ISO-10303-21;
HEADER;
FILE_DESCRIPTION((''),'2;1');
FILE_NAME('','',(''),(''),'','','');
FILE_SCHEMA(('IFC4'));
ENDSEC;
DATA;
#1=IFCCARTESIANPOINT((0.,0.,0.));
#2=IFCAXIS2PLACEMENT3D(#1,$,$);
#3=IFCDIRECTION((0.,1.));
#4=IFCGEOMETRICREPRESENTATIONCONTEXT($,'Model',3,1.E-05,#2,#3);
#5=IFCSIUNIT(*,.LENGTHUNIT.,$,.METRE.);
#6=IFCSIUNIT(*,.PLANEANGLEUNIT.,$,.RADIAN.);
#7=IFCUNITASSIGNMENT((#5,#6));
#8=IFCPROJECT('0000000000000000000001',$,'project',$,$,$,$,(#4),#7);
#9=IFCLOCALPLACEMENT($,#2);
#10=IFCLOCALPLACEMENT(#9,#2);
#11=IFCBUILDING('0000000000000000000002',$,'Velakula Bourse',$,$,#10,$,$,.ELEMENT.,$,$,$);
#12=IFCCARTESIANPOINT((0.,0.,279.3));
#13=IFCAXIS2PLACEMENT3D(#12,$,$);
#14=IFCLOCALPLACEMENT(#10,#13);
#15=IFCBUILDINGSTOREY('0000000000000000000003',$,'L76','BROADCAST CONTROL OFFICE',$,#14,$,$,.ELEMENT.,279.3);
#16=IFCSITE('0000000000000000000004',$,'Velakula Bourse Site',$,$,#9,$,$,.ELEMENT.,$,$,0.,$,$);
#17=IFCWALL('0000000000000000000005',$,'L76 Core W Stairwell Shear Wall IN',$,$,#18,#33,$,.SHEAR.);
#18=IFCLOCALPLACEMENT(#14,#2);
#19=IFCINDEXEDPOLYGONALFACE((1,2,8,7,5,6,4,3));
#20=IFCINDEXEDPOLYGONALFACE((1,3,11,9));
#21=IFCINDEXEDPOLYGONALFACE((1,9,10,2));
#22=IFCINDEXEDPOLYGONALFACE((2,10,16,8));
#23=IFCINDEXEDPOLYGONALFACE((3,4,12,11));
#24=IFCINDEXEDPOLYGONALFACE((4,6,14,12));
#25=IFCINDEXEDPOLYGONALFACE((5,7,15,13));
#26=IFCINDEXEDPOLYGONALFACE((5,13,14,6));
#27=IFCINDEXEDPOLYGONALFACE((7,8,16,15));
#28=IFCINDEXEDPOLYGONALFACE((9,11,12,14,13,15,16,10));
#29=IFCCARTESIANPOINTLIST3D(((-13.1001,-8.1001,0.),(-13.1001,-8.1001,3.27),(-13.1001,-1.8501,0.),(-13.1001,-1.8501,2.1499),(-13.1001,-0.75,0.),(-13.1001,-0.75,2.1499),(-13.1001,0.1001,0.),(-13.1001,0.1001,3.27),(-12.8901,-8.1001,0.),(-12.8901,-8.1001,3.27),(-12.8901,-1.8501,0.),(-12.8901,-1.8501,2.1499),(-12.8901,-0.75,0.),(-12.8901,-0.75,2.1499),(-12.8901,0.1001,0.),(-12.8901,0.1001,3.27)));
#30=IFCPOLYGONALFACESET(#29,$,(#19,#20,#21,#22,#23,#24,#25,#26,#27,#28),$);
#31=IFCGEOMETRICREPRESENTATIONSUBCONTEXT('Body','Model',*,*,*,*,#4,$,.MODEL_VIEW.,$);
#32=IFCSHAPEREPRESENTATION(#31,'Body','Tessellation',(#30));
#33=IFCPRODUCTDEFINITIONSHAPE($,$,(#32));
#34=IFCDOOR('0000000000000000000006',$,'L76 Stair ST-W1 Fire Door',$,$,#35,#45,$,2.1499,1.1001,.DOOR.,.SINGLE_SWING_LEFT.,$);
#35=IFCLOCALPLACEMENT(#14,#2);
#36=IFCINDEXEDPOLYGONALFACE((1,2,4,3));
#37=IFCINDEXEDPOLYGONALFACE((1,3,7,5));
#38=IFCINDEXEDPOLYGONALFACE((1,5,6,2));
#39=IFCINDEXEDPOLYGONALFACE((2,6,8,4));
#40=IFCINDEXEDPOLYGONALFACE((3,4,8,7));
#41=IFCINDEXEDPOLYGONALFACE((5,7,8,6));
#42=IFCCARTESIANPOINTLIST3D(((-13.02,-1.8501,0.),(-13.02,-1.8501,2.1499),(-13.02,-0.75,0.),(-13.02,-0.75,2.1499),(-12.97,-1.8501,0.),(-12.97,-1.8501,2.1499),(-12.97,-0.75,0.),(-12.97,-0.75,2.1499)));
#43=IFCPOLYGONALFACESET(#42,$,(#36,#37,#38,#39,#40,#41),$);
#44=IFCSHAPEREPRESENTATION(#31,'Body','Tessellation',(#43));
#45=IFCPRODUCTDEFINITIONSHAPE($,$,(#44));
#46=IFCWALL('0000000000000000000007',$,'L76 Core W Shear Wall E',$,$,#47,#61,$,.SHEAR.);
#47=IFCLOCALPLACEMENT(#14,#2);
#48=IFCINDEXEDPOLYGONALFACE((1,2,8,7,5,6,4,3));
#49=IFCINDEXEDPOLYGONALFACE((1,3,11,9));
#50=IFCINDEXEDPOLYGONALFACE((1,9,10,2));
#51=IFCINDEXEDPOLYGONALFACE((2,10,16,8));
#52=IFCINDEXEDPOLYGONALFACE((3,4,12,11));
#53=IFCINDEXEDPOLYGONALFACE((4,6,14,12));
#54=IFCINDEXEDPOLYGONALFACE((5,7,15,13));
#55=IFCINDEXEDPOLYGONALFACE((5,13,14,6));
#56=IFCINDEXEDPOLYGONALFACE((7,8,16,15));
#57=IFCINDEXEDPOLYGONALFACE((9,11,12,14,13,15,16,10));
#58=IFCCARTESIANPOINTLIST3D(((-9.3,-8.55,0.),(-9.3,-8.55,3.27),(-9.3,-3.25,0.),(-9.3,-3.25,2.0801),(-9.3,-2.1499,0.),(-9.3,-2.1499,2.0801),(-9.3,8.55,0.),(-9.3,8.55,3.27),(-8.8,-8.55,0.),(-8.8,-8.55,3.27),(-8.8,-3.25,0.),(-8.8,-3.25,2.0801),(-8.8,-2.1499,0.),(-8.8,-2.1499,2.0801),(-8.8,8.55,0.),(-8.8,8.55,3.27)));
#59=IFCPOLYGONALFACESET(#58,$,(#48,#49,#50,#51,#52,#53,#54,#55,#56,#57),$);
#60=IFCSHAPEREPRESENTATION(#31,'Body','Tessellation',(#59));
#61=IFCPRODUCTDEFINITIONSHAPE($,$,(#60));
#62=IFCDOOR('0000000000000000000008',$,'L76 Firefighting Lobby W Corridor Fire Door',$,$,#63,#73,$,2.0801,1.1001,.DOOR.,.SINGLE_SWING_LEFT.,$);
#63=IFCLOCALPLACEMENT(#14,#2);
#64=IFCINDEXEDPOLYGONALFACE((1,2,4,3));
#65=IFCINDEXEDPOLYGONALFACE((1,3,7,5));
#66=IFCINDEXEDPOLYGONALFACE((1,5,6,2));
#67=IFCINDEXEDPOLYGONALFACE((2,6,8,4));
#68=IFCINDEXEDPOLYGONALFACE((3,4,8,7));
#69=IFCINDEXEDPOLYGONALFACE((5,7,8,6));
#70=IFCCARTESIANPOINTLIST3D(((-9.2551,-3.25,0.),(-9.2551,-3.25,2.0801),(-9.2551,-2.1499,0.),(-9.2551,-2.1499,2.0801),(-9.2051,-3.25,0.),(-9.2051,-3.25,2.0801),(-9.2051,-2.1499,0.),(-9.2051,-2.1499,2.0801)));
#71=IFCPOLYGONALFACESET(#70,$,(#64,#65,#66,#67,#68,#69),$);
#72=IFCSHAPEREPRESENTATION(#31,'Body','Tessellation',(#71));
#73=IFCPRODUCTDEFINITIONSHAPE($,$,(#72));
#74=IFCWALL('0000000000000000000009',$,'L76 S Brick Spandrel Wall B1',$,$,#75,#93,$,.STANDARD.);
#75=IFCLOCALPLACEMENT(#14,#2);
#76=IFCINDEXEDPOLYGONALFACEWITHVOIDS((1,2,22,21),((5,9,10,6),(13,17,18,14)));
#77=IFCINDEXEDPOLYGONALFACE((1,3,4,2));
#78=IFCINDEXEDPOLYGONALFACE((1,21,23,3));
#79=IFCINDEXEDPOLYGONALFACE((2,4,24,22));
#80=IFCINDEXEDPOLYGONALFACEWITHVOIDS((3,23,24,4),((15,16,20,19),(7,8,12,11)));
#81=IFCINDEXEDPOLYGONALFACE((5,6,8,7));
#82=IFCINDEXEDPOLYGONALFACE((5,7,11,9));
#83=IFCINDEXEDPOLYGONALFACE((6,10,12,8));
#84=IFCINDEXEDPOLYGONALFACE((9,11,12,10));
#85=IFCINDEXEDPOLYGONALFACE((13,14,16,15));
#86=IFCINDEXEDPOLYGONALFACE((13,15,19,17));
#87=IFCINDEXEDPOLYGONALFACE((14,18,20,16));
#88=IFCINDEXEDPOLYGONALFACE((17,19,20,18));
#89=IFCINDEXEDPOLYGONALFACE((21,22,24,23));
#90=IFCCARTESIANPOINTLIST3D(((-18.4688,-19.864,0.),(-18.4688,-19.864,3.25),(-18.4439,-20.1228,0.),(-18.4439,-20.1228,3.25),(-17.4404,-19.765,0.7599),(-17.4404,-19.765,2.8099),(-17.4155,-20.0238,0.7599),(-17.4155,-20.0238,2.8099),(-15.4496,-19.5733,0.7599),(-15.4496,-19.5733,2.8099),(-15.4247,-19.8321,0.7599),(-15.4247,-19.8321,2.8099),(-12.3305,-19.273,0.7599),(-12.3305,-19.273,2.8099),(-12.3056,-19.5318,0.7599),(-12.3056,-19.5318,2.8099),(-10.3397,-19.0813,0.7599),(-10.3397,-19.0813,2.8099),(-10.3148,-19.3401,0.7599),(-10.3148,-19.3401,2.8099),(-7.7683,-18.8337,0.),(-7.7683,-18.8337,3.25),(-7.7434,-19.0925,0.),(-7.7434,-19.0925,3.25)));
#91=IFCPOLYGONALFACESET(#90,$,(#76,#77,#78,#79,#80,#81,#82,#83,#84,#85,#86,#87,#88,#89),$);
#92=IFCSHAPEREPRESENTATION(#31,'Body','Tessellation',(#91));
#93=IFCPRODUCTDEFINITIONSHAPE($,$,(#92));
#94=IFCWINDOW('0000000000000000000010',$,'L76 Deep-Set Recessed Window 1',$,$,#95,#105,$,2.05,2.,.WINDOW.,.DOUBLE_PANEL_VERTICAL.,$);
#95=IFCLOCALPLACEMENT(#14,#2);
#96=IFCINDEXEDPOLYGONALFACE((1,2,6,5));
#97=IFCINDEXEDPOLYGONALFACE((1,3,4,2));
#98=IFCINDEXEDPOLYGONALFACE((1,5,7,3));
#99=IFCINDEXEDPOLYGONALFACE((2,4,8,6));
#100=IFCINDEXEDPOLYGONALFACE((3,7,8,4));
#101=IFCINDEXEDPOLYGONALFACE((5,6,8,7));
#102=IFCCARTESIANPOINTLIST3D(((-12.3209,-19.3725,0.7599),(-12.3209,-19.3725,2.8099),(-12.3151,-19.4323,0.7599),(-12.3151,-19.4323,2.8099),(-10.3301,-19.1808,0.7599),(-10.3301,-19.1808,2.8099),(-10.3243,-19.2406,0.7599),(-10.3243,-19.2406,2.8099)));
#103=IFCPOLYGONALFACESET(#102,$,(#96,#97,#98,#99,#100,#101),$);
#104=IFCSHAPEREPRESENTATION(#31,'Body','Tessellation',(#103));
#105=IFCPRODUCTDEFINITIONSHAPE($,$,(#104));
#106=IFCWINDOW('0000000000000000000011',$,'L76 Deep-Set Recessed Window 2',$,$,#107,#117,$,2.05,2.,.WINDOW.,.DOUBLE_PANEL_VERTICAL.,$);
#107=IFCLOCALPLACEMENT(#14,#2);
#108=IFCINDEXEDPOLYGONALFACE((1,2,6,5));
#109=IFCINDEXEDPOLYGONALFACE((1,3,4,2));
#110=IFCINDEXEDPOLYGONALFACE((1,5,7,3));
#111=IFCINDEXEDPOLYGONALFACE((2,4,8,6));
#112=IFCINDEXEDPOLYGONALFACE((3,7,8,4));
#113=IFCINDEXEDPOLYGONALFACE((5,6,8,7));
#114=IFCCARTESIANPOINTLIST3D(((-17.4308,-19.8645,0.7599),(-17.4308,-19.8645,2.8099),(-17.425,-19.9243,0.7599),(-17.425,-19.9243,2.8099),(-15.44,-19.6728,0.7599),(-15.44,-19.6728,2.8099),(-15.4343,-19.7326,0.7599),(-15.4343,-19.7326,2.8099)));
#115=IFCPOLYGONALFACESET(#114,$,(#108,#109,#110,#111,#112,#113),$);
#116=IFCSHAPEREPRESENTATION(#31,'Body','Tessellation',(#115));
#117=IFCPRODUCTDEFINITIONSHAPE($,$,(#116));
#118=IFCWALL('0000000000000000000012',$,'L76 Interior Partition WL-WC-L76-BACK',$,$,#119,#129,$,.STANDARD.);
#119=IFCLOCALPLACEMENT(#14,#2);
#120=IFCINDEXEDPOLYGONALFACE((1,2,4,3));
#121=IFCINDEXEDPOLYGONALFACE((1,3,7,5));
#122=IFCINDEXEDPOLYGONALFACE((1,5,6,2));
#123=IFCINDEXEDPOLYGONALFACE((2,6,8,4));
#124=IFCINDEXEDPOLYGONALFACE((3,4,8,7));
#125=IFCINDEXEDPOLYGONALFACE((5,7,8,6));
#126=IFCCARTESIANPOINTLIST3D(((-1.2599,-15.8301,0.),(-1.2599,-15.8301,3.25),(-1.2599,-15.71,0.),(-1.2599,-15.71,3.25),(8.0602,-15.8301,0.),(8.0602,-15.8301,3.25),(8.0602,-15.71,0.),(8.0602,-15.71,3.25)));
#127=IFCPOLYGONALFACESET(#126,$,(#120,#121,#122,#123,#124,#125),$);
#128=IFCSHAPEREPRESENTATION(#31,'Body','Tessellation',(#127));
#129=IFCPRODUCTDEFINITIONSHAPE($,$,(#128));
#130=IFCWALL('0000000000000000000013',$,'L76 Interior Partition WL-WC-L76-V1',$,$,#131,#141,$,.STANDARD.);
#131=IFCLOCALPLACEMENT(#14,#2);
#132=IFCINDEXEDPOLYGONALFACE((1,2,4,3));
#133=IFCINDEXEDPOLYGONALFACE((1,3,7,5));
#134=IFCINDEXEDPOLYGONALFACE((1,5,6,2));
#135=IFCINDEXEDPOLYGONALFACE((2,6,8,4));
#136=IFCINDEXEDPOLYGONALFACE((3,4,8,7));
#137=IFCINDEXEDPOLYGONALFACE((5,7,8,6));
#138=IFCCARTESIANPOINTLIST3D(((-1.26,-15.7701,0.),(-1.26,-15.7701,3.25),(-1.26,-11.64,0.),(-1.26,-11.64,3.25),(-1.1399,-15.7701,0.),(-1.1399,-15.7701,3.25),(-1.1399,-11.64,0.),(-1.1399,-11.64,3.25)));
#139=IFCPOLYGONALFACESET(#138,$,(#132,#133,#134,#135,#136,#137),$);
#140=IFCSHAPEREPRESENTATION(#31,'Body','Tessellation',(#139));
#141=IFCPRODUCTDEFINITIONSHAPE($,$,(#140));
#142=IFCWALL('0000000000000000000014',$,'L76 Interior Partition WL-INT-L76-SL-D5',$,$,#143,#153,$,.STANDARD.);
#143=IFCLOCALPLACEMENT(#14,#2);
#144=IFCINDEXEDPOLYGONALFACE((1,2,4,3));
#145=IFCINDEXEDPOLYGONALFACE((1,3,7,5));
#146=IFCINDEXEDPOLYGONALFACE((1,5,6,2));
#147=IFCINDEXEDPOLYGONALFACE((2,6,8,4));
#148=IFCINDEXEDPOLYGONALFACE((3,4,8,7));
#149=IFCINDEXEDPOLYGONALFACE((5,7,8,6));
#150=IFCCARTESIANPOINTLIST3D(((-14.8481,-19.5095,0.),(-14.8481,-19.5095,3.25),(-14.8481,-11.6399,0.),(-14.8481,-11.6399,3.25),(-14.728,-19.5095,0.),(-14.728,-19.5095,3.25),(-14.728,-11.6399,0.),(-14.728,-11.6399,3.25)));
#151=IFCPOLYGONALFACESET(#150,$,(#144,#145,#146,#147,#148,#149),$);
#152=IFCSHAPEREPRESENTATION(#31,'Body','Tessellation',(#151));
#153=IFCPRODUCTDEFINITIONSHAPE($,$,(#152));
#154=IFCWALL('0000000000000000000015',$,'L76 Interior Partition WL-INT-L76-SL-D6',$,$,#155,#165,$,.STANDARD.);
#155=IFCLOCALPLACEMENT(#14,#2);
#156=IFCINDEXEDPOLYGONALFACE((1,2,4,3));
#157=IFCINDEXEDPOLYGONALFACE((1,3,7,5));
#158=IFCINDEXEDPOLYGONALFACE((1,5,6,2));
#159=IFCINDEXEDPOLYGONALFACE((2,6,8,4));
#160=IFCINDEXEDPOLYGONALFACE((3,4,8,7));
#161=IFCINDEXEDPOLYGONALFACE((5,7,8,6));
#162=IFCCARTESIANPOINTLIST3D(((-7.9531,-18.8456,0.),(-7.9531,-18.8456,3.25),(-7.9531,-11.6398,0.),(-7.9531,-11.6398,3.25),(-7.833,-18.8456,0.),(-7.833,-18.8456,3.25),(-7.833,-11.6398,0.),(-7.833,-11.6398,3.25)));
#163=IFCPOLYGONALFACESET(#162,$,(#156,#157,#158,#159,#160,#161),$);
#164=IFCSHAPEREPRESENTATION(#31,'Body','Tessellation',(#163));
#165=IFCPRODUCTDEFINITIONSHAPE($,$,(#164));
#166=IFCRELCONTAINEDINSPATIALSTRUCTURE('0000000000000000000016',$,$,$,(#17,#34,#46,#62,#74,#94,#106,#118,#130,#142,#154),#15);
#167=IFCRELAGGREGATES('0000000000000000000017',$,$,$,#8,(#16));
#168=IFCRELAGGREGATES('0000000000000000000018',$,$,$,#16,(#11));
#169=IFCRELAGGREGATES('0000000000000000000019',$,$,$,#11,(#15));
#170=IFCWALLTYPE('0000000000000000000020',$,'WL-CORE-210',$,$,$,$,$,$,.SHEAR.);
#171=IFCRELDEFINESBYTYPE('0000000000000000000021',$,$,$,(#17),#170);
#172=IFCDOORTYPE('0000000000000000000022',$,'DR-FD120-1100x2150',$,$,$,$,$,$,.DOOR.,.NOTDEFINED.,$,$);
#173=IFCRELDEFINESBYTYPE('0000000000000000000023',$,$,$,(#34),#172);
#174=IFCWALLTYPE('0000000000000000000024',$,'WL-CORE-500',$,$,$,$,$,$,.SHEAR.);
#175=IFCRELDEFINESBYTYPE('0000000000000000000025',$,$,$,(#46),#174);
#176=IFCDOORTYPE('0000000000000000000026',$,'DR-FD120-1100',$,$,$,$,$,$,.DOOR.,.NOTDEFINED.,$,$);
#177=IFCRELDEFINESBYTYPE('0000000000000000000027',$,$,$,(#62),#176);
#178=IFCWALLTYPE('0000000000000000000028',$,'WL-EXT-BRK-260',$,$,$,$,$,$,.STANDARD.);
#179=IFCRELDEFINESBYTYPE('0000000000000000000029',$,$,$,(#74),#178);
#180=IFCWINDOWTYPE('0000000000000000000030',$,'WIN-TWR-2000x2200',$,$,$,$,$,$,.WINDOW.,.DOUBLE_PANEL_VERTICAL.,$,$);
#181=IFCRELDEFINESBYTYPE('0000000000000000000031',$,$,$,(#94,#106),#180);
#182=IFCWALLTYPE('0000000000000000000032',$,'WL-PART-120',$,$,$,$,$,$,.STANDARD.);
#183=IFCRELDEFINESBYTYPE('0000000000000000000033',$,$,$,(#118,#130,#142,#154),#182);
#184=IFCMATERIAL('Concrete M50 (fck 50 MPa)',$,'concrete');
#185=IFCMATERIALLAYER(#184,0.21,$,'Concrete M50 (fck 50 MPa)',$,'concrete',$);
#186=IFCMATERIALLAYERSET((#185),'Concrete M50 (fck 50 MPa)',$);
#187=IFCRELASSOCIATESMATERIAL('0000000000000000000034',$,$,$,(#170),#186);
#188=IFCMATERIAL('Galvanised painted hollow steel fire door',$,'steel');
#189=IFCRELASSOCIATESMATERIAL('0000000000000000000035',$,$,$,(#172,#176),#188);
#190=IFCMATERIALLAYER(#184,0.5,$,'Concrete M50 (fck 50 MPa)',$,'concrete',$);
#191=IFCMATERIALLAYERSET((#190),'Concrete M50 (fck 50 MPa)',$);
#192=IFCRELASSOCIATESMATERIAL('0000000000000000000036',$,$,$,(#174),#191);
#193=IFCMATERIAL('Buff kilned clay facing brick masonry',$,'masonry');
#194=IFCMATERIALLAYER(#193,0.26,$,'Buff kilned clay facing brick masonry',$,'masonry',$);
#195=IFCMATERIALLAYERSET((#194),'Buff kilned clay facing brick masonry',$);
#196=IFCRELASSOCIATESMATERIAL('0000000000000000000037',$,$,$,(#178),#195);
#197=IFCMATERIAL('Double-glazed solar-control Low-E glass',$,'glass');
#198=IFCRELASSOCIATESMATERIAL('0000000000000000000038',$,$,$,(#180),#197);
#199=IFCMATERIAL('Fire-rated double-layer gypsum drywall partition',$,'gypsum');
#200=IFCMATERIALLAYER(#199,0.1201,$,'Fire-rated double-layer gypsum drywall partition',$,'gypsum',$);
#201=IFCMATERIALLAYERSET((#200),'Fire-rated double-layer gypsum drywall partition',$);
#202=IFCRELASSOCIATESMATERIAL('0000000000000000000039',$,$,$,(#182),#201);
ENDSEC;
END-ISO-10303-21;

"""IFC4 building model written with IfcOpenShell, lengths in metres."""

from ifc_helpers import new_model, si_unit, direction, frame, frame_2d, origin, place, context, subcontext, project, spatial, rectangle, extrude, material, layer, layer_set, type_object, element, fill, save


model = new_model("IFC4")

# Units and contexts
model_context = context("Model", 3, precision=1e-05, world=origin(), true_north=direction((0.0, 1.0)))
body_context = subcontext(model_context, "Body", "Model", "MODEL_VIEW")
ifc_project = project(units=[si_unit("LENGTHUNIT", "METRE"), si_unit("PLANEANGLEUNIT", "RADIAN")], contexts=[model_context])

# Site, building, storey
site_placement = place(None, origin())
site = spatial("IfcSite", under=ifc_project, at=site_placement, Name="Velakula Bourse Site", CompositionType="ELEMENT", RefElevation=0.0)
building_placement = place(site_placement, origin())
building = spatial("IfcBuilding", under=site, at=building_placement, Name="Velakula Bourse", CompositionType="ELEMENT")
storey_placement = place(building_placement, frame((0.0, 0.0, 279.3)))
storey = spatial("IfcBuildingStorey", under=building, at=storey_placement, Name="L76", Description="BROADCAST CONTROL OFFICE", CompositionType="ELEMENT", Elevation=279.3)

# Shared definitions
ifc_material_1 = material(Name="Concrete M50 (fck 50 MPa)", Category="concrete")

# Walls, openings, doors
ifc_layer_1 = layer(ifc_material_1, 0.21, Name="Concrete M50 (fck 50 MPa)", Category="concrete")
ifc_layer_set_1 = layer_set([ifc_layer_1], Name="Concrete M50 (fck 50 MPa)")
wall_type_1 = type_object("IfcWallType", Name="WL-CORE-210", PredefinedType="SHEAR", material=ifc_layer_set_1)
wall_1_placement = place(storey_placement, frame((-12.9951, -8.1001, 0.0), z_axis=(0.0, 0.0, 1.0), x_axis=(0.0, 1.0, 0.0)))
wall_1 = element("IfcWall", 1, at=wall_1_placement, inside=storey, type_object=wall_type_1, Name="L76 Core W Stairwell Shear Wall IN", PredefinedType="SHEAR", context=body_context, shape_type="SweptSolid", body=[
    extrude(rectangle(XDim=8.2002, YDim=0.21, at=frame_2d((4.1001, 0.0))), origin(), (0.0, 0.0, 1.0), 3.27),
])
opening_1_placement = place(wall_1_placement, frame((6.25, 0.0, 0.0)))
opening_1 = element("IfcOpeningElement", 2, at=opening_1_placement, cuts=wall_1, PredefinedType="OPENING", context=body_context, shape_type="SweptSolid", body=[
    extrude(rectangle(XDim=1.1001, YDim=2.1499, at=frame_2d((0.55, 1.075))), frame((0.0, 0.115, 0.0), z_axis=(0.0, -1.0, 0.0), x_axis=(1.0, 0.0, 0.0)), (0.0, 0.0, 1.0), 0.23),
])
ifc_material_2 = material(Name="Galvanised painted hollow steel fire door", Category="steel")
door_type_1 = type_object("IfcDoorType", Name="DR-FD120-1100x2150", OperationType="NOTDEFINED", PredefinedType="DOOR", material=ifc_material_2)
door_1_placement = place(opening_1_placement, origin())
door_1 = element("IfcDoor", 3, at=door_1_placement, inside=storey, type_object=door_type_1, Name="L76 Stair ST-W1 Fire Door", OperationType="SINGLE_SWING_LEFT", OverallHeight=2.1499, OverallWidth=1.1001, PredefinedType="DOOR", context=body_context, shape_type="SweptSolid", body=[
    extrude(rectangle(XDim=1.1001, YDim=2.1499, at=frame_2d((0.55, 1.075))), frame((0.0, 0.0249, 0.0), z_axis=(0.0, -1.0, 0.0), x_axis=(1.0, 0.0, 0.0)), (0.0, 0.0, 1.0), 0.05),
])
fill(opening_1, door_1)
ifc_layer_2 = layer(ifc_material_1, 0.5, Name="Concrete M50 (fck 50 MPa)", Category="concrete")
ifc_layer_set_2 = layer_set([ifc_layer_2], Name="Concrete M50 (fck 50 MPa)")
wall_type_2 = type_object("IfcWallType", Name="WL-CORE-500", PredefinedType="SHEAR", material=ifc_layer_set_2)
wall_2_placement = place(storey_placement, frame((-9.05, -8.55, 0.0), z_axis=(0.0, 0.0, 1.0), x_axis=(0.0, 1.0, 0.0)))
wall_2 = element("IfcWall", 4, at=wall_2_placement, inside=storey, type_object=wall_type_2, Name="L76 Core W Shear Wall E", PredefinedType="SHEAR", context=body_context, shape_type="SweptSolid", body=[
    extrude(rectangle(XDim=17.1001, YDim=0.5, at=frame_2d((8.55, 0.0))), origin(), (0.0, 0.0, 1.0), 3.27),
])
opening_2_placement = place(wall_2_placement, frame((5.3, 0.0, 0.0)))
opening_2 = element("IfcOpeningElement", 5, at=opening_2_placement, cuts=wall_2, PredefinedType="OPENING", context=body_context, shape_type="SweptSolid", body=[
    extrude(rectangle(XDim=1.1001, YDim=2.0801, at=frame_2d((0.55, 1.04))), frame((0.0, 0.26, 0.0), z_axis=(0.0, -1.0, 0.0), x_axis=(1.0, 0.0, 0.0)), (0.0, 0.0, 1.0), 0.52),
])
door_type_2 = type_object("IfcDoorType", Name="DR-FD120-1100", OperationType="NOTDEFINED", PredefinedType="DOOR", material=ifc_material_2)
door_2_placement = place(opening_2_placement, origin())
door_2 = element("IfcDoor", 6, at=door_2_placement, inside=storey, type_object=door_type_2, Name="L76 Firefighting Lobby W Corridor Fire Door", OperationType="SINGLE_SWING_LEFT", OverallHeight=2.0801, OverallWidth=1.1001, PredefinedType="DOOR", context=body_context, shape_type="SweptSolid", body=[
    extrude(rectangle(XDim=1.1001, YDim=2.0801, at=frame_2d((0.55, 1.04))), frame((0.0, 0.2051, 0.0), z_axis=(0.0, -1.0, 0.0), x_axis=(1.0, 0.0, 0.0)), (0.0, 0.0, 1.0), 0.05),
])
fill(opening_2, door_2)

# Wall, openings, windows
ifc_material_3 = material(Name="Buff kilned clay facing brick masonry", Category="masonry")
ifc_layer_3 = layer(ifc_material_3, 0.26, Name="Buff kilned clay facing brick masonry", Category="masonry")
ifc_layer_set_3 = layer_set([ifc_layer_3], Name="Buff kilned clay facing brick masonry")
wall_type_3 = type_object("IfcWallType", Name="WL-EXT-BRK-260", PredefinedType="STANDARD", material=ifc_layer_set_3)
wall_3_placement = place(storey_placement, frame((-7.7559, -18.9631, 0.0), z_axis=(0.0, 0.0, 1.0), x_axis=(-0.995397, -0.09584, 0.0)))
wall_3 = element("IfcWall", 7, at=wall_3_placement, inside=storey, type_object=wall_type_3, Name="L76 S Brick Spandrel Wall B1", PredefinedType="STANDARD", context=body_context, shape_type="SweptSolid", body=[
    extrude(rectangle(XDim=10.75, YDim=0.26, at=frame_2d((5.375, 0.0))), origin(), (0.0, 0.0, 1.0), 3.25),
])
opening_3_placement = place(wall_3_placement, frame((2.5833, 0.0, 0.76)))
opening_3 = element("IfcOpeningElement", 8, at=opening_3_placement, cuts=wall_3, PredefinedType="OPENING", context=body_context, shape_type="SweptSolid", body=[
    extrude(rectangle(XDim=2.0, YDim=2.05, at=frame_2d((1.0, 1.0249))), frame((0.0, 0.1399, 0.0), z_axis=(0.0, -1.0, 0.0), x_axis=(1.0, 0.0, 0.0)), (0.0, 0.0, 1.0), 0.28),
])
opening_4_placement = place(wall_3_placement, frame((7.7168, 0.0, 0.76)))
opening_4 = element("IfcOpeningElement", 9, at=opening_4_placement, cuts=wall_3, PredefinedType="OPENING", context=body_context, shape_type="SweptSolid", body=[
    extrude(rectangle(XDim=2.0, YDim=2.05, at=frame_2d((1.0, 1.0249))), frame((0.0, 0.1399, 0.0), z_axis=(0.0, -1.0, 0.0), x_axis=(1.0, 0.0, 0.0)), (0.0, 0.0, 1.0), 0.28),
])
ifc_material_4 = material(Name="Double-glazed solar-control Low-E glass", Category="glass")
window_type = type_object("IfcWindowType", Name="WIN-TWR-2000x2200", PartitioningType="DOUBLE_PANEL_VERTICAL", PredefinedType="WINDOW", material=ifc_material_4)
window_1_placement = place(opening_3_placement, origin())
window_1 = element("IfcWindow", 10, at=window_1_placement, inside=storey, type_object=window_type, Name="L76 Deep-Set Recessed Window 1", OverallHeight=2.05, OverallWidth=2.0, PartitioningType="DOUBLE_PANEL_VERTICAL", PredefinedType="WINDOW", context=body_context, shape_type="SweptSolid", body=[
    extrude(rectangle(XDim=2.0, YDim=2.05, at=frame_2d((1.0, 1.0249))), frame((0.0, 0.03, 0.0), z_axis=(0.0, -1.0, 0.0), x_axis=(1.0, 0.0, 0.0)), (0.0, 0.0, 1.0), 0.0601),
])
fill(opening_3, window_1)
window_2_placement = place(opening_4_placement, origin())
window_2 = element("IfcWindow", 11, at=window_2_placement, inside=storey, type_object=window_type, Name="L76 Deep-Set Recessed Window 2", OverallHeight=2.05, OverallWidth=2.0, PartitioningType="DOUBLE_PANEL_VERTICAL", PredefinedType="WINDOW", context=body_context, shape_type="SweptSolid", body=[
    extrude(rectangle(XDim=2.0, YDim=2.05, at=frame_2d((1.0, 1.0249))), frame((0.0, 0.03, 0.0), z_axis=(0.0, -1.0, 0.0), x_axis=(1.0, 0.0, 0.0)), (0.0, 0.0, 1.0), 0.0601),
])
fill(opening_4, window_2)

# Walls
ifc_material_5 = material(Name="Fire-rated double-layer gypsum drywall partition", Category="gypsum")
ifc_layer_4 = layer(ifc_material_5, 0.1201, Name="Fire-rated double-layer gypsum drywall partition", Category="gypsum")
ifc_layer_set_4 = layer_set([ifc_layer_4], Name="Fire-rated double-layer gypsum drywall partition")
wall_type_4 = type_object("IfcWallType", Name="WL-PART-120", PredefinedType="STANDARD", material=ifc_layer_set_4)
wall_4_placement = place(storey_placement, frame((-1.26, -15.77, 0.0), z_axis=(0.0, 0.0, 1.0), x_axis=(1.0, 0.0, 0.0)))
element("IfcWall", 12, at=wall_4_placement, inside=storey, type_object=wall_type_4, Name="L76 Interior Partition WL-WC-L76-BACK", PredefinedType="STANDARD", context=body_context, shape_type="SweptSolid", body=[
    extrude(rectangle(XDim=9.3201, YDim=0.1201, at=frame_2d((4.6602, 0.0))), origin(), (0.0, 0.0, 1.0), 3.25),
])
wall_5_placement = place(storey_placement, frame((-1.2, -15.77, 0.0), z_axis=(0.0, 0.0, 1.0), x_axis=(0.0, 1.0, 0.0)))
element("IfcWall", 13, at=wall_5_placement, inside=storey, type_object=wall_type_4, Name="L76 Interior Partition WL-WC-L76-V1", PredefinedType="STANDARD", context=body_context, shape_type="SweptSolid", body=[
    extrude(rectangle(XDim=4.1301, YDim=0.1201, at=frame_2d((2.0649, 0.0))), origin(), (0.0, 0.0, 1.0), 3.25),
])
wall_6_placement = place(storey_placement, frame((-14.7881, -19.5095, 0.0), z_axis=(0.0, 0.0, 1.0), x_axis=(0.0, 1.0, 0.0)))
element("IfcWall", 14, at=wall_6_placement, inside=storey, type_object=wall_type_4, Name="L76 Interior Partition WL-INT-L76-SL-D5", PredefinedType="STANDARD", context=body_context, shape_type="SweptSolid", body=[
    extrude(rectangle(XDim=7.8696, YDim=0.1201, at=frame_2d((3.9348, 0.0))), origin(), (0.0, 0.0, 1.0), 3.25),
])
wall_7_placement = place(storey_placement, frame((-7.8931, -18.8457, 0.0), z_axis=(0.0, 0.0, 1.0), x_axis=(0.0, 1.0, 0.0)))
element("IfcWall", 15, at=wall_7_placement, inside=storey, type_object=wall_type_4, Name="L76 Interior Partition WL-INT-L76-SL-D6", PredefinedType="STANDARD", context=body_context, shape_type="SweptSolid", body=[
    extrude(rectangle(XDim=7.2058, YDim=0.1201, at=frame_2d((3.603, 0.0))), origin(), (0.0, 0.0, 1.0), 3.25),
])

save(model, "model.ifc")
